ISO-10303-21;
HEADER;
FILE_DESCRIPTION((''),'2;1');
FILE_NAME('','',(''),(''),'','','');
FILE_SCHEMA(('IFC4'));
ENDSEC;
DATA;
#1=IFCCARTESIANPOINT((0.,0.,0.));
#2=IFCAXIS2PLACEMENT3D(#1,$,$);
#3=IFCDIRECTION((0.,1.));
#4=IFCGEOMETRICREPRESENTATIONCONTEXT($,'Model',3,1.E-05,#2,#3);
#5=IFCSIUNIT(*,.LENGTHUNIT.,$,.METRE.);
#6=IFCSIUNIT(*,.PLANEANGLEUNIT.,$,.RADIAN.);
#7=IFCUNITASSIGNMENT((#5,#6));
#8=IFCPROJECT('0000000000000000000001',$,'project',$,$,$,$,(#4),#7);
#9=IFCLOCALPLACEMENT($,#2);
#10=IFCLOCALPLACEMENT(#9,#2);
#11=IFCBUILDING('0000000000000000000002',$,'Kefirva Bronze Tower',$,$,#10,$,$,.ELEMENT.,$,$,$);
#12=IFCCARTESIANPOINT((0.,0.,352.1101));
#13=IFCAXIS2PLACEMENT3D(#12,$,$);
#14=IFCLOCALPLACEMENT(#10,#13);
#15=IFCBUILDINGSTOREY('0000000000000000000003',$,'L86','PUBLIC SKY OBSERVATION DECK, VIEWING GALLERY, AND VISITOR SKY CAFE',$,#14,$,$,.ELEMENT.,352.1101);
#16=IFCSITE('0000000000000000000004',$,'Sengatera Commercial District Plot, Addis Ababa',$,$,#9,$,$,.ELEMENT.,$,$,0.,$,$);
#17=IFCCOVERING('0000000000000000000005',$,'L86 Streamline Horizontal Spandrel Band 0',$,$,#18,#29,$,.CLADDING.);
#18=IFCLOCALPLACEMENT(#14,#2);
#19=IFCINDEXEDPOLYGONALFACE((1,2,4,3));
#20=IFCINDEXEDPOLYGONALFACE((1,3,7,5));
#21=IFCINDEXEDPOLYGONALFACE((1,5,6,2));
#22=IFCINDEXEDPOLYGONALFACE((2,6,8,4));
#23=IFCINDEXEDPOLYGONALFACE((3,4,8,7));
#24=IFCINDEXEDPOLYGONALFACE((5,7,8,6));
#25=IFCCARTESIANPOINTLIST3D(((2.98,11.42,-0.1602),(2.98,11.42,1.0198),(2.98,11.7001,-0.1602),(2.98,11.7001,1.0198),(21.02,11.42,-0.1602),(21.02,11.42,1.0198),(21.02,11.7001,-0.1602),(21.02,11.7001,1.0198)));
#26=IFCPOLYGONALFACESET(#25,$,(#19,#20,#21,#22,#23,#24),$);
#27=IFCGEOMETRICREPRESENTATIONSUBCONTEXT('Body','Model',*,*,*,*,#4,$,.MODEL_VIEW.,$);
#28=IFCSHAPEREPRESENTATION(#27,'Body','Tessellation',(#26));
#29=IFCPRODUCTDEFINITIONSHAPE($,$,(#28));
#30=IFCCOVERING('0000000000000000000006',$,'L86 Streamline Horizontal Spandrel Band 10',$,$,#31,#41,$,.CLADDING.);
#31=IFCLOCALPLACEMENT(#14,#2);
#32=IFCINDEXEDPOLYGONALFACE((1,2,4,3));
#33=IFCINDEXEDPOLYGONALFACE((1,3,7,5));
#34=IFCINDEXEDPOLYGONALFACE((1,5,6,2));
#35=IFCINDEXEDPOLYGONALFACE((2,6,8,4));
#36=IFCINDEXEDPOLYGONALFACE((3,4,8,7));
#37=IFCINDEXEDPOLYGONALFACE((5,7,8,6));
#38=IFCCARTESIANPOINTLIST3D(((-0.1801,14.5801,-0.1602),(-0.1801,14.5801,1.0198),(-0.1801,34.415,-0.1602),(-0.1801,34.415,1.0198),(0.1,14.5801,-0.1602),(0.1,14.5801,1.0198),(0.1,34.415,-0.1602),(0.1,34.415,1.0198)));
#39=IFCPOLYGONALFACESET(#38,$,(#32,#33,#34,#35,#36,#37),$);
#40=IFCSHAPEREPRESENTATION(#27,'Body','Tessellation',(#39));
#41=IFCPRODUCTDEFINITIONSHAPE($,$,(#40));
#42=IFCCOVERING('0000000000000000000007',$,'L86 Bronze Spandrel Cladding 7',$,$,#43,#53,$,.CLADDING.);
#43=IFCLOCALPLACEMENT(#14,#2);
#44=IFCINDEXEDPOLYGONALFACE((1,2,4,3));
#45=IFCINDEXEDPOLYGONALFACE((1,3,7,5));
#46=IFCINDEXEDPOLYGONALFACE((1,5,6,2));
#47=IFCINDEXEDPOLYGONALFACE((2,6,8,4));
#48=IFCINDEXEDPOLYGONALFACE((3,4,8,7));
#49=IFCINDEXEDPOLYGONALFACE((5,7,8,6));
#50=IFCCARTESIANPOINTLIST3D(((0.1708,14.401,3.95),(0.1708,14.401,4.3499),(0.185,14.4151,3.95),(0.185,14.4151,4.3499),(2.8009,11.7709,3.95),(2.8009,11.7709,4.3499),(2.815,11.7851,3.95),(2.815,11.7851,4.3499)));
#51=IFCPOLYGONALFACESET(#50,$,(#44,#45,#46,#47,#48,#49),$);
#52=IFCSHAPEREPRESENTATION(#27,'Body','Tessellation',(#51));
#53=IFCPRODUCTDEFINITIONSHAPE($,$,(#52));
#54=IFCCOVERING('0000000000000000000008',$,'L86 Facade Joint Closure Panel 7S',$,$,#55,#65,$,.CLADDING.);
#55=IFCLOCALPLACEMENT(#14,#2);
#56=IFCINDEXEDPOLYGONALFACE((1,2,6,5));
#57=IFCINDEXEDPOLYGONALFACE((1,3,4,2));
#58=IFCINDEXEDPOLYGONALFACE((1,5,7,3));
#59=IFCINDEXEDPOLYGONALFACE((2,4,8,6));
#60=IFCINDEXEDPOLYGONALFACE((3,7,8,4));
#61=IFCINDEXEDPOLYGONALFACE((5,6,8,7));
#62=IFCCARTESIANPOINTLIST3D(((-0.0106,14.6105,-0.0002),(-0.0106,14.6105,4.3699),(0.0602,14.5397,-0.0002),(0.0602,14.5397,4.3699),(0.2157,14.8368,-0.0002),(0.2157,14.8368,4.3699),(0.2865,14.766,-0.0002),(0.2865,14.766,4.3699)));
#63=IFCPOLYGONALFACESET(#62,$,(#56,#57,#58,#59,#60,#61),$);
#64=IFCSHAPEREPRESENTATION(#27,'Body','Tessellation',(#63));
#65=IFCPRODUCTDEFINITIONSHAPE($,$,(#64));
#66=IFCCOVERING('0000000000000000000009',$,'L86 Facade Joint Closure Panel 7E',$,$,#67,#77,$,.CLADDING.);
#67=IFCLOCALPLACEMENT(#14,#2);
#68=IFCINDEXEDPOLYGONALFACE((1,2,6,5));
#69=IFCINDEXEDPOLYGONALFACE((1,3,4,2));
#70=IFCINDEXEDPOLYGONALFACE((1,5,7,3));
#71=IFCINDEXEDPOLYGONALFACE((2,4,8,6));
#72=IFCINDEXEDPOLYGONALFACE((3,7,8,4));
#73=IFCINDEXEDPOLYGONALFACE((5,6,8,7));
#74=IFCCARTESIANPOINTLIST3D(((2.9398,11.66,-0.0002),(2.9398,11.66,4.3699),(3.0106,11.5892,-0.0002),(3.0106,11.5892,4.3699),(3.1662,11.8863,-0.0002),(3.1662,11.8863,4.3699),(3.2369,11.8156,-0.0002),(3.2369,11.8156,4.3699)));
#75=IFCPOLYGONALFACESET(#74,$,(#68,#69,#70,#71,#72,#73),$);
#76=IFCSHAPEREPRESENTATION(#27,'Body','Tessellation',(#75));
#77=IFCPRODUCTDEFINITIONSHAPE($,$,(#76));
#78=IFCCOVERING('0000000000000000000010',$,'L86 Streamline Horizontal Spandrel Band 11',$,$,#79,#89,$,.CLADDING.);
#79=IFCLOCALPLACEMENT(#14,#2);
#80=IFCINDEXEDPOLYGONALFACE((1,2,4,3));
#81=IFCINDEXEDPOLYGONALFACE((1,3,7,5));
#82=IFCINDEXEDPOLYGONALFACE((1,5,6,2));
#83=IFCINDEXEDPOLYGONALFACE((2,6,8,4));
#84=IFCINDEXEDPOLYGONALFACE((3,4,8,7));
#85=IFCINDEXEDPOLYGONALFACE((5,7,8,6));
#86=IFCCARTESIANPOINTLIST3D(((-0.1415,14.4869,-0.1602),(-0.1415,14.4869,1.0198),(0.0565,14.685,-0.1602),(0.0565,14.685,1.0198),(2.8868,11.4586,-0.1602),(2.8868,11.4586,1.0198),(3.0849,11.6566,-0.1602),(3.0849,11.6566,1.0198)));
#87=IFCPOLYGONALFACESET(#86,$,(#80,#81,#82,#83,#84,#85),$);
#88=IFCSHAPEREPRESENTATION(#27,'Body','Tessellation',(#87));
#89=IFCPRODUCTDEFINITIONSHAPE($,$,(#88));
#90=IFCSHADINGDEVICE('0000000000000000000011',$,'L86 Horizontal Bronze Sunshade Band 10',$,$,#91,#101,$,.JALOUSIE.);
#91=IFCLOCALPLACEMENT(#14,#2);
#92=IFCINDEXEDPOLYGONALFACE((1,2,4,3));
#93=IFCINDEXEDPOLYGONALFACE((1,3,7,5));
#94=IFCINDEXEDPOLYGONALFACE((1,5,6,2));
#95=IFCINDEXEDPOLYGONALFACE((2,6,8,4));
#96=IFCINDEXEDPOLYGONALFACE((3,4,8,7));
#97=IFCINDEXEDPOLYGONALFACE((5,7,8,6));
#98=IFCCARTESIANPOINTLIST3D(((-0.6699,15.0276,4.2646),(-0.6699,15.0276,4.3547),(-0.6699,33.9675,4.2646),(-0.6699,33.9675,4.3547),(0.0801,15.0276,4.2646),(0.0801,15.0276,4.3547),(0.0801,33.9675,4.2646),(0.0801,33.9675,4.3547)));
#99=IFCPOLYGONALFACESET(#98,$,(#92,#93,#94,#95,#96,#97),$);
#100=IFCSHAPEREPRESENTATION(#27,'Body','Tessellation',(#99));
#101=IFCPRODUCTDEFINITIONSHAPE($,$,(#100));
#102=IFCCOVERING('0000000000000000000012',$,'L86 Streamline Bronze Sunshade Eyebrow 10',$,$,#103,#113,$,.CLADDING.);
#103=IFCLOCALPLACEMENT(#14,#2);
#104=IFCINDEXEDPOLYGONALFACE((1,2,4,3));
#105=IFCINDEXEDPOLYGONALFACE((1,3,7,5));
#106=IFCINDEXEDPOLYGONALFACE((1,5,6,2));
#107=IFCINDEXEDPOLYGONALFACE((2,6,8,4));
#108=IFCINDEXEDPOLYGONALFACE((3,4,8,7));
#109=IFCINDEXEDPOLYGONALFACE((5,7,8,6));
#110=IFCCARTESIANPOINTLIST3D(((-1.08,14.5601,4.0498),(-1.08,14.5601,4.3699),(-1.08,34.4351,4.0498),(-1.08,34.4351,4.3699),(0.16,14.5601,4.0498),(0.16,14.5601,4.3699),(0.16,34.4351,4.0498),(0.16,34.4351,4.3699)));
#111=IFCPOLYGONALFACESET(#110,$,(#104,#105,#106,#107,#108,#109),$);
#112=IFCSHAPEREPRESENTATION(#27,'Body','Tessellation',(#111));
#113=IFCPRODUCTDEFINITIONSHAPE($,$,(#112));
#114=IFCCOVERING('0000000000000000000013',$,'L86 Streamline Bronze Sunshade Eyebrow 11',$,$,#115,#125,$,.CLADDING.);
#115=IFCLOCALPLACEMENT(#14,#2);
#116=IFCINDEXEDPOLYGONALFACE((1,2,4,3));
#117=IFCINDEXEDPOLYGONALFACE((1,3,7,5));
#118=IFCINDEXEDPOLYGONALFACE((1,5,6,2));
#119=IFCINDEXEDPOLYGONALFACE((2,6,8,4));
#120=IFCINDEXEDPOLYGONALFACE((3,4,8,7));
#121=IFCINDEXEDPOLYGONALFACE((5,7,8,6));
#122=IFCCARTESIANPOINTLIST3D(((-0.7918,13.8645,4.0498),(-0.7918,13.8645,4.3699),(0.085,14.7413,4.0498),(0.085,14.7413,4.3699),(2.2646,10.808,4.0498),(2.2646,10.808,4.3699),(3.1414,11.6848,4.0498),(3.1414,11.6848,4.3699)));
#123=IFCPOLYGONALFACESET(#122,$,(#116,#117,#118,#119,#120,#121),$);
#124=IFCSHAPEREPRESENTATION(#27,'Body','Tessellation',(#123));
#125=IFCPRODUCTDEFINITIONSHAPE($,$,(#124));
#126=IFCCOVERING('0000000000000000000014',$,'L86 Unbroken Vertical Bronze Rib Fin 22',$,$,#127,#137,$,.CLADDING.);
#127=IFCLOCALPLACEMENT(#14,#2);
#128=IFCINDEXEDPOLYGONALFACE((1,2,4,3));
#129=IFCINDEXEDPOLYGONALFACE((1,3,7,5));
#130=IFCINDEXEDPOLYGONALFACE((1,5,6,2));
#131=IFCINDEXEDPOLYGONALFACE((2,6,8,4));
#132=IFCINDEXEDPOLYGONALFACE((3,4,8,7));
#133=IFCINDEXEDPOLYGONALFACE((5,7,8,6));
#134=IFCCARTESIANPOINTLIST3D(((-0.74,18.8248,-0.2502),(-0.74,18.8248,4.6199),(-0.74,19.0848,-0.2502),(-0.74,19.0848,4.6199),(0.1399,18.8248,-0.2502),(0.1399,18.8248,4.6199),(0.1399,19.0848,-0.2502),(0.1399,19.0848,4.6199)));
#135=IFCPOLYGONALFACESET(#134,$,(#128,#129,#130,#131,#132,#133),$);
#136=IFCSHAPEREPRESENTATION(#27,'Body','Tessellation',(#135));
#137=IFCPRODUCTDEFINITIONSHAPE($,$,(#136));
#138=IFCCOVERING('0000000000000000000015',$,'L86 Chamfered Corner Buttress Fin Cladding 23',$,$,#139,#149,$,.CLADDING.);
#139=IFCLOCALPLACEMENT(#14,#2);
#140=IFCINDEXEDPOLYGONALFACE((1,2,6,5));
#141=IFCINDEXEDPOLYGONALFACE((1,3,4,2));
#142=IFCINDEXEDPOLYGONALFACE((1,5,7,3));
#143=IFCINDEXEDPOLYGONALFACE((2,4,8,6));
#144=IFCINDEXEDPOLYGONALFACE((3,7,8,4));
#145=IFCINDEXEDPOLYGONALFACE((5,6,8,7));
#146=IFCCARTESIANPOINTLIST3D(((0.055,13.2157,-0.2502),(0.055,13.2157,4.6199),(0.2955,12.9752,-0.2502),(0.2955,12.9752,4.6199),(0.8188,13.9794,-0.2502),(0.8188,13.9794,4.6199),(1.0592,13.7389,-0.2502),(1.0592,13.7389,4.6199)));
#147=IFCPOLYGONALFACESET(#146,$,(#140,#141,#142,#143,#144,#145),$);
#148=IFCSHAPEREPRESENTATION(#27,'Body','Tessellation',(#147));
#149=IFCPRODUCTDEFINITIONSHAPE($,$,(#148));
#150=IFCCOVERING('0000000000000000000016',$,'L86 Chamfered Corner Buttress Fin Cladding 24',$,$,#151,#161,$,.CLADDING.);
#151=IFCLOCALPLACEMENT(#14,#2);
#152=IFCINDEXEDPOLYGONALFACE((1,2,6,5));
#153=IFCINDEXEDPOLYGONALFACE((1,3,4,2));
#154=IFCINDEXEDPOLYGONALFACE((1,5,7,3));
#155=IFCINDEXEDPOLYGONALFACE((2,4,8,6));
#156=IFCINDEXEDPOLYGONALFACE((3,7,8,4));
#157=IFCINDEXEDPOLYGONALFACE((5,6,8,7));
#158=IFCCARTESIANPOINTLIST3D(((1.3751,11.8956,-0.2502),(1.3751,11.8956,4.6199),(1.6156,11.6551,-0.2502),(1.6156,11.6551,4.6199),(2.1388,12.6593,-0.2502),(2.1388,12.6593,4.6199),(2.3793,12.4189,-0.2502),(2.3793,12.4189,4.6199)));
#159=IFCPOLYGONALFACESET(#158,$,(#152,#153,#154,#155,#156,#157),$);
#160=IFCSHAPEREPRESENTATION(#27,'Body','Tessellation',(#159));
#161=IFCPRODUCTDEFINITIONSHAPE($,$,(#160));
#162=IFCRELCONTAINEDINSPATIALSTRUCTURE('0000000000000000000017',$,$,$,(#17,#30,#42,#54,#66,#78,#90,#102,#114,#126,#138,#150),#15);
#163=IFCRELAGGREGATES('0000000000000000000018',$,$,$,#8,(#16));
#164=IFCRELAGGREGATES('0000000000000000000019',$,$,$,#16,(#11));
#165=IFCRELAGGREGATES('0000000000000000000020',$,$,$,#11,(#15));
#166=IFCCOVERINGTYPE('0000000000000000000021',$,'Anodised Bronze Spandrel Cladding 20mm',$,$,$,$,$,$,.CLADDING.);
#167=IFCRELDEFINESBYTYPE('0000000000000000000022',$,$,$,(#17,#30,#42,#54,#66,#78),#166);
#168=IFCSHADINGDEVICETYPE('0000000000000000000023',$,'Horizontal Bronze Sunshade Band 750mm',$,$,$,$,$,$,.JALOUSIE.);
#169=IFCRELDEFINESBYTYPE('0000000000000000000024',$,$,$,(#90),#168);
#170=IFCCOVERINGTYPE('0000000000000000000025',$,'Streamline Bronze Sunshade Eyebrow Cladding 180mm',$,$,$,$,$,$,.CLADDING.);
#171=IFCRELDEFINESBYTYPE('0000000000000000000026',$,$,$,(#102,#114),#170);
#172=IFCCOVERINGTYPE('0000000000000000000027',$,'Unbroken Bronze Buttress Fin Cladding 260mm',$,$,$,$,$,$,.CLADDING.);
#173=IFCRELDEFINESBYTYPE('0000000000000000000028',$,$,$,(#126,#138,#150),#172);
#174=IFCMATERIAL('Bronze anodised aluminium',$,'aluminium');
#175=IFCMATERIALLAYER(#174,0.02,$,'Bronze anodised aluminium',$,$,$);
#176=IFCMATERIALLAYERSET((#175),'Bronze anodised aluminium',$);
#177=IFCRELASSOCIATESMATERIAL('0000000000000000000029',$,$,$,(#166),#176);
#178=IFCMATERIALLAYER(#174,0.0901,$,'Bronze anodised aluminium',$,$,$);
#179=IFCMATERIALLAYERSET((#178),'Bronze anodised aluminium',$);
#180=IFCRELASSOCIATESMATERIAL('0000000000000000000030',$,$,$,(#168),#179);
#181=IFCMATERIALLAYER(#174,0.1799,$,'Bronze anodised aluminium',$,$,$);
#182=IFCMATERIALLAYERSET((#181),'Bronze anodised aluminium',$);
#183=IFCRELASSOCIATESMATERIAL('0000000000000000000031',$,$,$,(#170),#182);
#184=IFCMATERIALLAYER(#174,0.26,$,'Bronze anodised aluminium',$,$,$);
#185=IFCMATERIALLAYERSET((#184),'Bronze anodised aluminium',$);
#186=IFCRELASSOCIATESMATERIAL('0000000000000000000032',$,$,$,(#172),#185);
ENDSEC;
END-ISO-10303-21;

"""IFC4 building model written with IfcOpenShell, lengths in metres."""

from ifc_helpers import new_model, si_unit, direction, frame, origin, origin_2d, place, context, subcontext, project, spatial, rectangle, extrude, material, layer, layer_set, type_object, element, save


model = new_model("IFC4")

# Units and contexts
model_context = context("Model", 3, precision=1e-05, world=origin(), true_north=direction((0.0, 1.0)))
body_context = subcontext(model_context, "Body", "Model", "MODEL_VIEW")
ifc_project = project(units=[si_unit("LENGTHUNIT", "METRE"), si_unit("PLANEANGLEUNIT", "RADIAN")], contexts=[model_context])

# Site, building, storey
site_placement = place(None, origin())
site = spatial("IfcSite", under=ifc_project, at=site_placement, Name="Sengatera Commercial District Plot, Addis Ababa", CompositionType="ELEMENT", RefElevation=0.0)
building_placement = place(site_placement, origin())
building = spatial("IfcBuilding", under=site, at=building_placement, Name="Kefirva Bronze Tower", CompositionType="ELEMENT")
storey_placement = place(building_placement, frame((0.0, 0.0, 352.1101)))
storey = spatial("IfcBuildingStorey", under=building, at=storey_placement, Name="L86", Description="PUBLIC SKY OBSERVATION DECK, VIEWING GALLERY, AND VISITOR SKY CAFE", CompositionType="ELEMENT", Elevation=352.1101)

# Shared definitions
ifc_material_1 = material(Name="Bronze anodised aluminium", Category="aluminium")

# Coverings
ifc_layer_1 = layer(ifc_material_1, 0.02, Name="Bronze anodised aluminium")
ifc_layer_set_1 = layer_set([ifc_layer_1], Name="Bronze anodised aluminium")
covering_type_1 = type_object("IfcCoveringType", Name="Anodised Bronze Spandrel Cladding 20mm", PredefinedType="CLADDING", material=ifc_layer_set_1)
covering_1_placement = place(storey_placement, frame((12.0, 11.5601, -0.1602), z_axis=(0.0, 0.0, 1.0), x_axis=(1.0, 0.0, 0.0)))
element("IfcCovering", 1, at=covering_1_placement, inside=storey, type_object=covering_type_1, Name="L86 Streamline Horizontal Spandrel Band 0", PredefinedType="CLADDING", context=body_context, shape_type="SweptSolid", body=[
    extrude(rectangle(XDim=18.04, YDim=0.28, at=origin_2d()), origin(), (0.0, 0.0, 1.0), 1.1799),
])
covering_2_placement = place(storey_placement, frame((-0.04, 24.4976, -0.1602), z_axis=(0.0, 0.0, 1.0), x_axis=(0.0, -1.0, 0.0)))
element("IfcCovering", 2, at=covering_2_placement, inside=storey, type_object=covering_type_1, Name="L86 Streamline Horizontal Spandrel Band 10", PredefinedType="CLADDING", context=body_context, shape_type="SweptSolid", body=[
    extrude(rectangle(XDim=19.835, YDim=0.28, at=origin_2d()), origin(), (0.0, 0.0, 1.0), 1.1799),
])
covering_3_placement = place(storey_placement, frame((1.4929, 13.093, 3.95), z_axis=(0.0, 0.0, 1.0), x_axis=(0.707107, -0.707107, 0.0)))
element("IfcCovering", 3, at=covering_3_placement, inside=storey, type_object=covering_type_1, Name="L86 Bronze Spandrel Cladding 7", PredefinedType="CLADDING", context=body_context, shape_type="SweptSolid", body=[
    extrude(rectangle(XDim=3.7195, YDim=0.02, at=origin_2d()), origin(), (0.0, 0.0, 1.0), 0.3999),
])
for number, where, z_axis, x_axis, name in (
    (4, (0.1379, 14.6882, -0.0002), (0.0, 0.0, 1.0), (0.707107, -0.707107, 0.0), "L86 Facade Joint Closure Panel 7S"),
    (5, (3.0884, 11.7378, -0.0002), (0.0, 0.0, 1.0), (0.707107, -0.707107, 0.0), "L86 Facade Joint Closure Panel 7E"),
):
    element("IfcCovering", number, at=place(storey_placement, frame(where, z_axis=z_axis, x_axis=x_axis)), inside=storey, type_object=covering_type_1, Name=name, PredefinedType="CLADDING", context=body_context, shape_type="SweptSolid", body=[
        extrude(rectangle(XDim=0.1001, YDim=0.3201, at=origin_2d()), origin(), (0.0, 0.0, 1.0), 4.3701),
    ])
covering_4_placement = place(storey_placement, frame((1.4717, 13.0718, -0.1602), z_axis=(0.0, 0.0, 1.0), x_axis=(0.707107, -0.707107, 0.0)))
element("IfcCovering", 6, at=covering_4_placement, inside=storey, type_object=covering_type_1, Name="L86 Streamline Horizontal Spandrel Band 11", PredefinedType="CLADDING", context=body_context, shape_type="SweptSolid", body=[
    extrude(rectangle(XDim=4.2827, YDim=0.28, at=origin_2d()), origin(), (0.0, 0.0, 1.0), 1.1799),
])

# Shading device
ifc_layer_2 = layer(ifc_material_1, 0.0901, Name="Bronze anodised aluminium")
ifc_layer_set_2 = layer_set([ifc_layer_2], Name="Bronze anodised aluminium")
shading_device_type = type_object("IfcShadingDeviceType", Name="Horizontal Bronze Sunshade Band 750mm", PredefinedType="JALOUSIE", material=ifc_layer_set_2)
shading_device_placement = place(storey_placement, frame((-0.2949, 24.4976, 4.2646), z_axis=(0.0, 0.0, 1.0), x_axis=(0.0, -1.0, 0.0)))
element("IfcShadingDevice", 7, at=shading_device_placement, inside=storey, type_object=shading_device_type, Name="L86 Horizontal Bronze Sunshade Band 10", PredefinedType="JALOUSIE", context=body_context, shape_type="SweptSolid", body=[
    extrude(rectangle(XDim=18.9399, YDim=0.75, at=origin_2d()), origin(), (0.0, 0.0, 1.0), 0.0901),
])

# Coverings
ifc_layer_3 = layer(ifc_material_1, 0.1799, Name="Bronze anodised aluminium")
ifc_layer_set_3 = layer_set([ifc_layer_3], Name="Bronze anodised aluminium")
covering_type_2 = type_object("IfcCoveringType", Name="Streamline Bronze Sunshade Eyebrow Cladding 180mm", PredefinedType="CLADDING", material=ifc_layer_set_3)
covering_5_placement = place(storey_placement, frame((-0.46, 24.4976, 4.0498), z_axis=(0.0, 0.0, 1.0), x_axis=(0.0, -1.0, 0.0)))
element("IfcCovering", 8, at=covering_5_placement, inside=storey, type_object=covering_type_2, Name="L86 Streamline Bronze Sunshade Eyebrow 10", PredefinedType="CLADDING", context=body_context, shape_type="SweptSolid", body=[
    extrude(rectangle(XDim=19.875, YDim=1.24, at=origin_2d()), origin(), (0.0, 0.0, 1.0), 0.3201),
])
covering_6_placement = place(storey_placement, frame((1.1748, 12.7747, 4.0498), z_axis=(0.0, 0.0, 1.0), x_axis=(0.707107, -0.707107, 0.0)))
element("IfcCovering", 9, at=covering_6_placement, inside=storey, type_object=covering_type_2, Name="L86 Streamline Bronze Sunshade Eyebrow 11", PredefinedType="CLADDING", context=body_context, shape_type="SweptSolid", body=[
    extrude(rectangle(XDim=4.3225, YDim=1.24, at=origin_2d()), origin(), (0.0, 0.0, 1.0), 0.3201),
])
ifc_layer_4 = layer(ifc_material_1, 0.26, Name="Bronze anodised aluminium")
ifc_layer_set_4 = layer_set([ifc_layer_4], Name="Bronze anodised aluminium")
covering_type_3 = type_object("IfcCoveringType", Name="Unbroken Bronze Buttress Fin Cladding 260mm", PredefinedType="CLADDING", material=ifc_layer_set_4)
covering_7_placement = place(storey_placement, frame((-0.3, 18.9548, -0.2502), z_axis=(0.0, 0.0, 1.0), x_axis=(0.0, -1.0, 0.0)))
element("IfcCovering", 10, at=covering_7_placement, inside=storey, type_object=covering_type_3, Name="L86 Unbroken Vertical Bronze Rib Fin 22", PredefinedType="CLADDING", context=body_context, shape_type="SweptSolid", body=[
    extrude(rectangle(XDim=0.26, YDim=0.8799, at=origin_2d()), origin(), (0.0, 0.0, 1.0), 4.8701),
])
for number, where, z_axis, x_axis, name in (
    (11, (0.5571, 13.4773, -0.2502), (0.0, 0.0, 1.0), (0.707107, -0.707107, 0.0), "L86 Chamfered Corner Buttress Fin Cladding 23"),
    (12, (1.8772, 12.1572, -0.2502), (0.0, 0.0, 1.0), (0.707107, -0.707107, 0.0), "L86 Chamfered Corner Buttress Fin Cladding 24"),
):
    element("IfcCovering", number, at=place(storey_placement, frame(where, z_axis=z_axis, x_axis=x_axis)), inside=storey, type_object=covering_type_3, Name=name, PredefinedType="CLADDING", context=body_context, shape_type="SweptSolid", body=[
        extrude(rectangle(XDim=0.3401, YDim=1.0801, at=origin_2d()), origin(), (0.0, 0.0, 1.0), 4.8701),
    ])

save(model, "model.ifc")
